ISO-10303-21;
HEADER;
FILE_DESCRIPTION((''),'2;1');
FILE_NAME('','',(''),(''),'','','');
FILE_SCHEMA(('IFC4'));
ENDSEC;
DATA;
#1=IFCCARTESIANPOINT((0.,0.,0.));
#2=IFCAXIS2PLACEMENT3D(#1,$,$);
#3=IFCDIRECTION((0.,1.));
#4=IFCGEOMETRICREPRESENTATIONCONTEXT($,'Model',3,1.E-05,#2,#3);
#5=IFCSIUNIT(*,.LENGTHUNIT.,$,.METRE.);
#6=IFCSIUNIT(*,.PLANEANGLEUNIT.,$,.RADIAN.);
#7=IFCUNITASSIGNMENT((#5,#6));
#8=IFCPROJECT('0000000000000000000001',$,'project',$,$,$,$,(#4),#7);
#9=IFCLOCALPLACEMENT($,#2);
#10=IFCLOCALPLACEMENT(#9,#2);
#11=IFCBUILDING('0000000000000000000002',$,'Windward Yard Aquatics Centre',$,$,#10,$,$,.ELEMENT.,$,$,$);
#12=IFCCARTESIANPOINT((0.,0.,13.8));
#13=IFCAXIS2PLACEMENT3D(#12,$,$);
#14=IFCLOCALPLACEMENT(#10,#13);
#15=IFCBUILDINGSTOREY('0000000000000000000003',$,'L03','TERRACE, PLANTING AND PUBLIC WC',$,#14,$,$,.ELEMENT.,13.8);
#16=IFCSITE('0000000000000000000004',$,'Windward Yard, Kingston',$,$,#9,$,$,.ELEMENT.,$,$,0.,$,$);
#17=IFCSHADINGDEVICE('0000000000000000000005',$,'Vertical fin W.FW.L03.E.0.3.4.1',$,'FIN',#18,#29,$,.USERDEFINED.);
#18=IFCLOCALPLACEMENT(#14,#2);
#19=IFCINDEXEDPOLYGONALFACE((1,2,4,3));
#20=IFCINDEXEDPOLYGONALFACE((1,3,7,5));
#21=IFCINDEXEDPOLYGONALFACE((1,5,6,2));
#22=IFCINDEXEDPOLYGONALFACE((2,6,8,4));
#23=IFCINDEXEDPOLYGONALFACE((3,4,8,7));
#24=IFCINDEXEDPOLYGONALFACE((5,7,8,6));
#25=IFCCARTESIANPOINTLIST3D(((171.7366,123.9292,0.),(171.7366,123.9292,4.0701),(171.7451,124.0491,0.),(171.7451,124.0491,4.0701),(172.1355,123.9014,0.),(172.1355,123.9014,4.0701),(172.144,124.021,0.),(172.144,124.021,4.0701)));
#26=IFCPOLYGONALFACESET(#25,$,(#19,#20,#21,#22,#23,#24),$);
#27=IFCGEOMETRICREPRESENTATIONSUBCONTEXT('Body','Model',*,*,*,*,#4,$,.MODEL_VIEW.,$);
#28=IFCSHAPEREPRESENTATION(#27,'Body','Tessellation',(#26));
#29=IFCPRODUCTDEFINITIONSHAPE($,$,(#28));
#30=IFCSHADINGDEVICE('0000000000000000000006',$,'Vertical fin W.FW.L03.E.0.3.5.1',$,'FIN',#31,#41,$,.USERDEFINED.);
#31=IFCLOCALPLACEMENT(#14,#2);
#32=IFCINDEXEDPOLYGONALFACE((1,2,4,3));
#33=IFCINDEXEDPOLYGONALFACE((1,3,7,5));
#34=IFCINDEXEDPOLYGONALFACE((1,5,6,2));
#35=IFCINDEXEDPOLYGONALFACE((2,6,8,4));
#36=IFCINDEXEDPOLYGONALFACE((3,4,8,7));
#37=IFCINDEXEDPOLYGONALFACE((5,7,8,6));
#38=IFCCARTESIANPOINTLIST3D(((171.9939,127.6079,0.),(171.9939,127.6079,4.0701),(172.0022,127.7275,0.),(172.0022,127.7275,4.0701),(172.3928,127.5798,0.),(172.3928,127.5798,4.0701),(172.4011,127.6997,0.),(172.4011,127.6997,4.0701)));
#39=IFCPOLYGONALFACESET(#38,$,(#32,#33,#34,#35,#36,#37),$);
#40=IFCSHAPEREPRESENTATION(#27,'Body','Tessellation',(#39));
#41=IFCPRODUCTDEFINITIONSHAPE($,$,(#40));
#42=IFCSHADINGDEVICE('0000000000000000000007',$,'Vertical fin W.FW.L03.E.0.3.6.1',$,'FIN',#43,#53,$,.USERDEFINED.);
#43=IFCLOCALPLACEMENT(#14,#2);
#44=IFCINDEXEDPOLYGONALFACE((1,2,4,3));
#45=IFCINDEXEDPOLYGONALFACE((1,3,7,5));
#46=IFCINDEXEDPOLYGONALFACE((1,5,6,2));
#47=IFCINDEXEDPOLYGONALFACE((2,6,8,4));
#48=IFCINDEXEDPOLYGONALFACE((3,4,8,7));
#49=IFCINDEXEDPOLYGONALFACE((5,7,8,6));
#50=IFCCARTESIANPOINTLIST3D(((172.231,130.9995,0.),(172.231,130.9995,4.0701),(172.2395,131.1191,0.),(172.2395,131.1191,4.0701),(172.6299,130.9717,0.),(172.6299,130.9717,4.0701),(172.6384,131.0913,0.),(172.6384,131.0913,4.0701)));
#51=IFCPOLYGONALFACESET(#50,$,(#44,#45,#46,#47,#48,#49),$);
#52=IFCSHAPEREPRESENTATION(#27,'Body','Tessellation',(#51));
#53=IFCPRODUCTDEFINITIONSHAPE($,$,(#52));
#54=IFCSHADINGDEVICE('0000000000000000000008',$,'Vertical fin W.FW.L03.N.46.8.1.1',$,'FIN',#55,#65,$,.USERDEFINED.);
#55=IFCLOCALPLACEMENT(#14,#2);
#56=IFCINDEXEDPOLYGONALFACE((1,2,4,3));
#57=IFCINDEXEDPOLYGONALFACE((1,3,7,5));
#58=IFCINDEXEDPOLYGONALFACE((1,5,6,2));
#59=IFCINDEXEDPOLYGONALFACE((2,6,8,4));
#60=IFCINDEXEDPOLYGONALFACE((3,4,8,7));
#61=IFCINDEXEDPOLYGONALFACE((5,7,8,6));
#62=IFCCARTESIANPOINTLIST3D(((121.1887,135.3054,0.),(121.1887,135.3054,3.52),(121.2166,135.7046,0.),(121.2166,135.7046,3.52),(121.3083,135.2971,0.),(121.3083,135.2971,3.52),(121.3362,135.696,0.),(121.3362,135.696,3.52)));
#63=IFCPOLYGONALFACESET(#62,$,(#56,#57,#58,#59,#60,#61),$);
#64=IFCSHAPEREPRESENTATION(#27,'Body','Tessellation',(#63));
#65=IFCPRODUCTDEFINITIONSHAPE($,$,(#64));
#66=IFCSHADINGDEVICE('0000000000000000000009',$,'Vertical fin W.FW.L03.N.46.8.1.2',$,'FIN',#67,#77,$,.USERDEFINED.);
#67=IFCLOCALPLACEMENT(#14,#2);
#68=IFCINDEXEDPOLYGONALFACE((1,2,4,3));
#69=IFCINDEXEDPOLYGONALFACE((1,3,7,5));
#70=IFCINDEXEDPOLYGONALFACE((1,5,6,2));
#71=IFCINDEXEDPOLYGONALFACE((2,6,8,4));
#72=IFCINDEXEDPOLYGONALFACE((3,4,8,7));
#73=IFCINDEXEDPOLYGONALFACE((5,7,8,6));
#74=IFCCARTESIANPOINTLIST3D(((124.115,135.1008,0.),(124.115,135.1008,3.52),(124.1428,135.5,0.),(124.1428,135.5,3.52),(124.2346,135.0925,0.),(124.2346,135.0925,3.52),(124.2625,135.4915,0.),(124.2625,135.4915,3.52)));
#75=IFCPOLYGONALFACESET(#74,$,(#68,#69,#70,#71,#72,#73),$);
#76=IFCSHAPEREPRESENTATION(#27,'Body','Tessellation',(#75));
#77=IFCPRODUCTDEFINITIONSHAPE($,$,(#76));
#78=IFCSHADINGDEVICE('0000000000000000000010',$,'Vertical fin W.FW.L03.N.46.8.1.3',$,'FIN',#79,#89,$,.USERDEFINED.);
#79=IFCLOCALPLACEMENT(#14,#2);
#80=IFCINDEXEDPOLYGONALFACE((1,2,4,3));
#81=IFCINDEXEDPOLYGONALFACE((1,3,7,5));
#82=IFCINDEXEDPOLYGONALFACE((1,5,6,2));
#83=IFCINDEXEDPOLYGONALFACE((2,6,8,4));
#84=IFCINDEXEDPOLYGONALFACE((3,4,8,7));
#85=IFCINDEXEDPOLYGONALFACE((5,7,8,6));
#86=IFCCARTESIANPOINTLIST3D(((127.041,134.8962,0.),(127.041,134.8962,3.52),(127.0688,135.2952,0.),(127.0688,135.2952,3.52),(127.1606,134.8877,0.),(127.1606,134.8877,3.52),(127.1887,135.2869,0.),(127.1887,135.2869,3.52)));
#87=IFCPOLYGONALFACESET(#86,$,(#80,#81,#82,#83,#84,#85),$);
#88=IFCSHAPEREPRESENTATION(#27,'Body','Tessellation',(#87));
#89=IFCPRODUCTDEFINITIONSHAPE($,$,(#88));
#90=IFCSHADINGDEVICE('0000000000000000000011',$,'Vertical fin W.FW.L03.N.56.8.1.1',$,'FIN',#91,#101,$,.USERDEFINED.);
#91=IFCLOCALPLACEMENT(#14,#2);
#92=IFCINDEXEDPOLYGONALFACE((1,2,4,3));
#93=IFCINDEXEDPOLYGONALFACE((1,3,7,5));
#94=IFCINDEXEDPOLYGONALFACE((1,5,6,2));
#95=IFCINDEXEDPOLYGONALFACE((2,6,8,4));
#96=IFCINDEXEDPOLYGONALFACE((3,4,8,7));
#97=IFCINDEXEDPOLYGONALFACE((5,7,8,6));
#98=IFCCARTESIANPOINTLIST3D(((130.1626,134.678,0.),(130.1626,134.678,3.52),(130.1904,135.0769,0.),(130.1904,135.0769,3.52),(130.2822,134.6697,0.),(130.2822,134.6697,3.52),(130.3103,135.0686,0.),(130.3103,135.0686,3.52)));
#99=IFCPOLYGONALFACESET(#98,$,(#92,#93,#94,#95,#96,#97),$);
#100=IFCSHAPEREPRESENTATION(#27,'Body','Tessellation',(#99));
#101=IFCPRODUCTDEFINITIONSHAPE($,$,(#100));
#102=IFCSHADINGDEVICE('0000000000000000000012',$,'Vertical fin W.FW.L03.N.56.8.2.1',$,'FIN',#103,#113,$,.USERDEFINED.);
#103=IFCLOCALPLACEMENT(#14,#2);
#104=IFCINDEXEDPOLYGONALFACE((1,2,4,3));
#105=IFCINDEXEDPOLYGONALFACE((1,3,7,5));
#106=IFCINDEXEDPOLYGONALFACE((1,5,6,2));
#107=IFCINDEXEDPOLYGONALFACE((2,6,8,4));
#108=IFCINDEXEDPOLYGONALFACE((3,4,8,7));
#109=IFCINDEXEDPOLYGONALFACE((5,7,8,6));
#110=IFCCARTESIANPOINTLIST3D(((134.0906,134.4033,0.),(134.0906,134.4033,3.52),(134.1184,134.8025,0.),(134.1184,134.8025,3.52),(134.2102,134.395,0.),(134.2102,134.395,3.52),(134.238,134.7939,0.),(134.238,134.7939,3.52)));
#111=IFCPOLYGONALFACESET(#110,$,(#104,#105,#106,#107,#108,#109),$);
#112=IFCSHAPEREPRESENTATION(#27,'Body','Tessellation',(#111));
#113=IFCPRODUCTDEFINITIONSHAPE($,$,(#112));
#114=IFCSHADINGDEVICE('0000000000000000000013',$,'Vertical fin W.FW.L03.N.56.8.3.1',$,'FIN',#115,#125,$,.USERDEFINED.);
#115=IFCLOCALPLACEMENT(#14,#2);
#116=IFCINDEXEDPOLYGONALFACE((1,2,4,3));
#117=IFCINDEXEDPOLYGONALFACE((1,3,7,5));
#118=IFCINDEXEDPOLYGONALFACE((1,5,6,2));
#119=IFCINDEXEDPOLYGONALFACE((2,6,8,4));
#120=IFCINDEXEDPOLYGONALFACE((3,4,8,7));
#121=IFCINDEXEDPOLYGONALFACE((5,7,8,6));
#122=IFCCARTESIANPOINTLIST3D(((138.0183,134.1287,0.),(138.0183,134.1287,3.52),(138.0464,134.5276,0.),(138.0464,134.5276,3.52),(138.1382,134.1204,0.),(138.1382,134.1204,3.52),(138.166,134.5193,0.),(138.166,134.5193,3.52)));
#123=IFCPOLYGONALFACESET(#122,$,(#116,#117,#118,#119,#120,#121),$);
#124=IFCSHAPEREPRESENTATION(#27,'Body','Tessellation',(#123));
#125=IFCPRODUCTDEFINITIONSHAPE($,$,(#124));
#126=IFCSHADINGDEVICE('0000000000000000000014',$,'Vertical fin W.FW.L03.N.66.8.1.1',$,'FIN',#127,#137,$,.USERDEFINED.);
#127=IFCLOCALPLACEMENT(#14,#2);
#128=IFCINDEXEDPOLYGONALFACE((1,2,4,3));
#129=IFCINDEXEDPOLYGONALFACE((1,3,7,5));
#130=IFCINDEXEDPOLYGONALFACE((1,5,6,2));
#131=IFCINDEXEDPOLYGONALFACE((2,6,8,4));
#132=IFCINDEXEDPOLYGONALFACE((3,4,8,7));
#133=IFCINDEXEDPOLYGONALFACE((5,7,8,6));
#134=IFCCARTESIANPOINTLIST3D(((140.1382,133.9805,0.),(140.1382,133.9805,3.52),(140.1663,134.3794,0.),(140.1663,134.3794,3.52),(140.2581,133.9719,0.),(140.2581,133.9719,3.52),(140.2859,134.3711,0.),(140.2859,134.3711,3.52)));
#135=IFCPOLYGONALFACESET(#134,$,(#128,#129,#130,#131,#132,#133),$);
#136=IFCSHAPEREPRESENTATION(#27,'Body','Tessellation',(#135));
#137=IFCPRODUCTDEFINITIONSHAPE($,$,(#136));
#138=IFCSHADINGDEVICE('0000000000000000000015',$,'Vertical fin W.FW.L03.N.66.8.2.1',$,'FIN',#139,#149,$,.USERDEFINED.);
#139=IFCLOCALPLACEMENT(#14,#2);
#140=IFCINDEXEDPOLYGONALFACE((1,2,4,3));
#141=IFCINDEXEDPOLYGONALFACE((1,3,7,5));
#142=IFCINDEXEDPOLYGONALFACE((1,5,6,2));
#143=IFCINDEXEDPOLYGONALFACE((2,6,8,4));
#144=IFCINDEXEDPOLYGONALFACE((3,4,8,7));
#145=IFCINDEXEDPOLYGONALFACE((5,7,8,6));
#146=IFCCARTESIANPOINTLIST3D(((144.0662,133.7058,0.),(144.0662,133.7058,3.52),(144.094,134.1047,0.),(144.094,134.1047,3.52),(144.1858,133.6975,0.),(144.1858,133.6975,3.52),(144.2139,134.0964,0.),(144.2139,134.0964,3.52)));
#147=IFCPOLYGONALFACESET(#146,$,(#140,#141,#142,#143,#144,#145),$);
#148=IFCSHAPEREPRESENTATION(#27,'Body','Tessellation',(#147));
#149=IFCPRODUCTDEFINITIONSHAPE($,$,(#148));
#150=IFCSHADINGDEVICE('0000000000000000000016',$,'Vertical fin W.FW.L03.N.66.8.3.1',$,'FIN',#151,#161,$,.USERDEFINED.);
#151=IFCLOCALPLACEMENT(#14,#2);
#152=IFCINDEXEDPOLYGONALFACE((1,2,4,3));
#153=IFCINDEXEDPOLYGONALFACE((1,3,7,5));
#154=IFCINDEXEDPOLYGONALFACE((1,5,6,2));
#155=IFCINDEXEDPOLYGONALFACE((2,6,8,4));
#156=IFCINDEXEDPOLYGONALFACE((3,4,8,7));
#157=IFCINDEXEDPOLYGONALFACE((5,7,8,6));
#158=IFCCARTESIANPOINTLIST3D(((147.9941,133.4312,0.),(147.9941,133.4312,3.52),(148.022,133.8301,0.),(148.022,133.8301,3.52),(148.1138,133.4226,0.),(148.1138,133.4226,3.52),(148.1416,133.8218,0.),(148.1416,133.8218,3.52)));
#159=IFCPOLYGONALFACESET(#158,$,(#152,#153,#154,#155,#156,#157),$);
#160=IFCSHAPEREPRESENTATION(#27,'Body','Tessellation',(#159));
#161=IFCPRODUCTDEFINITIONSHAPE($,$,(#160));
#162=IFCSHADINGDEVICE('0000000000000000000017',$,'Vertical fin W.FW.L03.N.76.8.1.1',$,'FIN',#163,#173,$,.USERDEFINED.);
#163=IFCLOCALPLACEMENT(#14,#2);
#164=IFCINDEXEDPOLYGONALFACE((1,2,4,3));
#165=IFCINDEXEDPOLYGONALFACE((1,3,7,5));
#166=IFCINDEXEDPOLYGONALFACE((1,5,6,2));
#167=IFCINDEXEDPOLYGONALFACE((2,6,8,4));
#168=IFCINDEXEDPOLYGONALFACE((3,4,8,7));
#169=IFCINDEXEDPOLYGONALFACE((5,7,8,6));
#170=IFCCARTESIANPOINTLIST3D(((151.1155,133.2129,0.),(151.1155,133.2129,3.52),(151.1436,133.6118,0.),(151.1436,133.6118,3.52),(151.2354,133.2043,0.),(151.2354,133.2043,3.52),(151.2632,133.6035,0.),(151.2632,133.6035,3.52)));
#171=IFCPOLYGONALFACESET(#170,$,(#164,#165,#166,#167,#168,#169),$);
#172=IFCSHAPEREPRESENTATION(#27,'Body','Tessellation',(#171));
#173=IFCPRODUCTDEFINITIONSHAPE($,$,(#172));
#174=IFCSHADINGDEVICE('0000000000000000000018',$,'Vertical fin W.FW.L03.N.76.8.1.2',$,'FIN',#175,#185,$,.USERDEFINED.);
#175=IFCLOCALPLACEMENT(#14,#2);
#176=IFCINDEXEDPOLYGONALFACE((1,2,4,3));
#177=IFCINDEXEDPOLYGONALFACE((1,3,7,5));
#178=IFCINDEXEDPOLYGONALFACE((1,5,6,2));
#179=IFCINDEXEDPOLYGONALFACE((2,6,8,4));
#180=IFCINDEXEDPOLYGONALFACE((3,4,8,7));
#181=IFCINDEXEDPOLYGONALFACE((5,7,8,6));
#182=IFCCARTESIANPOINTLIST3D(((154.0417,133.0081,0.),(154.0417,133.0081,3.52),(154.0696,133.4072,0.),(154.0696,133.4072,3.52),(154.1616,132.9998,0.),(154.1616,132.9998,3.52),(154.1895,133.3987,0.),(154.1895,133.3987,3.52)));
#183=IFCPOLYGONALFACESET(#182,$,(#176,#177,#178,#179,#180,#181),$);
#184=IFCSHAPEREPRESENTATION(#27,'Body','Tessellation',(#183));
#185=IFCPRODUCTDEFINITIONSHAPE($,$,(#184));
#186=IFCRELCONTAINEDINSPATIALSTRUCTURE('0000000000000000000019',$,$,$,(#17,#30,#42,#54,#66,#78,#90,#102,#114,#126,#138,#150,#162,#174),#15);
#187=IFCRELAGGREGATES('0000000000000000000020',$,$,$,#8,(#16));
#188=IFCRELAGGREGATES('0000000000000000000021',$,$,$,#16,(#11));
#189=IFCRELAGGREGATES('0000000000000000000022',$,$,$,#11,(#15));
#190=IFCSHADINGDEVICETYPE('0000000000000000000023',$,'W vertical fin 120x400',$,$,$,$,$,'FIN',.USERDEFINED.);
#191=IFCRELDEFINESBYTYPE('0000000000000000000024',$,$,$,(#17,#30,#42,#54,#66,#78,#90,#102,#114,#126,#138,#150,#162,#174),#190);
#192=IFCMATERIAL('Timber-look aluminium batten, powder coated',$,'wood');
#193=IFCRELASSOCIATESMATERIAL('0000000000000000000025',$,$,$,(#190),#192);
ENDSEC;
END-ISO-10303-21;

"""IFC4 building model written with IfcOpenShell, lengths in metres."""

from ifc_helpers import new_model, si_unit, direction, frame, origin, place, context, subcontext, project, spatial, polyline, outline, extrude, material, type_object, element, save


model = new_model("IFC4")

# Units and contexts
model_context = context("Model", 3, precision=1e-05, world=origin(), true_north=direction((0.0, 1.0)))
body_context = subcontext(model_context, "Body", "Model", "MODEL_VIEW")
ifc_project = project(units=[si_unit("LENGTHUNIT", "METRE"), si_unit("PLANEANGLEUNIT", "RADIAN")], contexts=[model_context])

# Site, building, storey
site_placement = place(None, origin())
site = spatial("IfcSite", under=ifc_project, at=site_placement, Name="Windward Yard, Kingston", CompositionType="ELEMENT", RefElevation=0.0)
building_placement = place(site_placement, origin())
building = spatial("IfcBuilding", under=site, at=building_placement, Name="Windward Yard Aquatics Centre", CompositionType="ELEMENT")
storey_placement = place(building_placement, frame((0.0, 0.0, 13.8)))
storey = spatial("IfcBuildingStorey", under=building, at=storey_placement, Name="L03", Description="TERRACE, PLANTING AND PUBLIC WC", CompositionType="ELEMENT", Elevation=13.8)

# Shading devices
ifc_material_1 = material(Name="Timber-look aluminium batten, powder coated", Category="wood")
shading_device_type = type_object("IfcShadingDeviceType", Name="W vertical fin 120x400", ElementType="FIN", PredefinedType="USERDEFINED", material=ifc_material_1)
shading_device_1_placement = place(storey_placement, origin())
element("IfcShadingDevice", 1, at=shading_device_1_placement, inside=storey, type_object=shading_device_type, Name="Vertical fin W.FW.L03.E.0.3.4.1", ObjectType="FIN", PredefinedType="USERDEFINED", context=body_context, shape_type="SweptSolid", body=[
    extrude(outline(polyline([(171.7366, 123.9292), (171.7451, 124.0491), (172.144, 124.021), (172.1355, 123.9014), (171.7366, 123.9292)])), origin(), (0.0, 0.0, 1.0), 4.0701),
])
shading_device_2_placement = place(storey_placement, origin())
element("IfcShadingDevice", 2, at=shading_device_2_placement, inside=storey, type_object=shading_device_type, Name="Vertical fin W.FW.L03.E.0.3.5.1", ObjectType="FIN", PredefinedType="USERDEFINED", context=body_context, shape_type="SweptSolid", body=[
    extrude(outline(polyline([(171.9939, 127.6079), (172.0022, 127.7275), (172.4011, 127.6997), (172.3928, 127.5798), (171.9939, 127.6079)])), origin(), (0.0, 0.0, 1.0), 4.0701),
])
shading_device_3_placement = place(storey_placement, origin())
element("IfcShadingDevice", 3, at=shading_device_3_placement, inside=storey, type_object=shading_device_type, Name="Vertical fin W.FW.L03.E.0.3.6.1", ObjectType="FIN", PredefinedType="USERDEFINED", context=body_context, shape_type="SweptSolid", body=[
    extrude(outline(polyline([(172.231, 130.9995), (172.2395, 131.1191), (172.6384, 131.0913), (172.6299, 130.9717), (172.231, 130.9995)])), origin(), (0.0, 0.0, 1.0), 4.0701),
])
shading_device_4_placement = place(storey_placement, origin())
element("IfcShadingDevice", 4, at=shading_device_4_placement, inside=storey, type_object=shading_device_type, Name="Vertical fin W.FW.L03.N.46.8.1.1", ObjectType="FIN", PredefinedType="USERDEFINED", context=body_context, shape_type="SweptSolid", body=[
    extrude(outline(polyline([(121.1887, 135.3054), (121.3083, 135.2971), (121.3362, 135.696), (121.2166, 135.7046), (121.1887, 135.3054)])), origin(), (0.0, 0.0, 1.0), 3.52),
])
shading_device_5_placement = place(storey_placement, origin())
element("IfcShadingDevice", 5, at=shading_device_5_placement, inside=storey, type_object=shading_device_type, Name="Vertical fin W.FW.L03.N.46.8.1.2", ObjectType="FIN", PredefinedType="USERDEFINED", context=body_context, shape_type="SweptSolid", body=[
    extrude(outline(polyline([(124.115, 135.1008), (124.2346, 135.0925), (124.2625, 135.4915), (124.1428, 135.5), (124.115, 135.1008)])), origin(), (0.0, 0.0, 1.0), 3.52),
])
shading_device_6_placement = place(storey_placement, origin())
element("IfcShadingDevice", 6, at=shading_device_6_placement, inside=storey, type_object=shading_device_type, Name="Vertical fin W.FW.L03.N.46.8.1.3", ObjectType="FIN", PredefinedType="USERDEFINED", context=body_context, shape_type="SweptSolid", body=[
    extrude(outline(polyline([(127.041, 134.8962), (127.1606, 134.8877), (127.1887, 135.2869), (127.0688, 135.2952), (127.041, 134.8962)])), origin(), (0.0, 0.0, 1.0), 3.52),
])
shading_device_7_placement = place(storey_placement, origin())
element("IfcShadingDevice", 7, at=shading_device_7_placement, inside=storey, type_object=shading_device_type, Name="Vertical fin W.FW.L03.N.56.8.1.1", ObjectType="FIN", PredefinedType="USERDEFINED", context=body_context, shape_type="SweptSolid", body=[
    extrude(outline(polyline([(130.1626, 134.678), (130.2822, 134.6697), (130.3103, 135.0686), (130.1904, 135.0769), (130.1626, 134.678)])), origin(), (0.0, 0.0, 1.0), 3.52),
])
shading_device_8_placement = place(storey_placement, origin())
element("IfcShadingDevice", 8, at=shading_device_8_placement, inside=storey, type_object=shading_device_type, Name="Vertical fin W.FW.L03.N.56.8.2.1", ObjectType="FIN", PredefinedType="USERDEFINED", context=body_context, shape_type="SweptSolid", body=[
    extrude(outline(polyline([(134.0906, 134.4033), (134.2102, 134.395), (134.238, 134.7939), (134.1184, 134.8025), (134.0906, 134.4033)])), origin(), (0.0, 0.0, 1.0), 3.52),
])
shading_device_9_placement = place(storey_placement, origin())
element("IfcShadingDevice", 9, at=shading_device_9_placement, inside=storey, type_object=shading_device_type, Name="Vertical fin W.FW.L03.N.56.8.3.1", ObjectType="FIN", PredefinedType="USERDEFINED", context=body_context, shape_type="SweptSolid", body=[
    extrude(outline(polyline([(138.0183, 134.1287), (138.1382, 134.1204), (138.166, 134.5193), (138.0464, 134.5276), (138.0183, 134.1287)])), origin(), (0.0, 0.0, 1.0), 3.52),
])
shading_device_10_placement = place(storey_placement, origin())
element("IfcShadingDevice", 10, at=shading_device_10_placement, inside=storey, type_object=shading_device_type, Name="Vertical fin W.FW.L03.N.66.8.1.1", ObjectType="FIN", PredefinedType="USERDEFINED", context=body_context, shape_type="SweptSolid", body=[
    extrude(outline(polyline([(140.1382, 133.9805), (140.2581, 133.9719), (140.2859, 134.3711), (140.1663, 134.3794), (140.1382, 133.9805)])), origin(), (0.0, 0.0, 1.0), 3.52),
])
shading_device_11_placement = place(storey_placement, origin())
element("IfcShadingDevice", 11, at=shading_device_11_placement, inside=storey, type_object=shading_device_type, Name="Vertical fin W.FW.L03.N.66.8.2.1", ObjectType="FIN", PredefinedType="USERDEFINED", context=body_context, shape_type="SweptSolid", body=[
    extrude(outline(polyline([(144.0662, 133.7058), (144.1858, 133.6975), (144.2139, 134.0964), (144.094, 134.1047), (144.0662, 133.7058)])), origin(), (0.0, 0.0, 1.0), 3.52),
])
shading_device_12_placement = place(storey_placement, origin())
element("IfcShadingDevice", 12, at=shading_device_12_placement, inside=storey, type_object=shading_device_type, Name="Vertical fin W.FW.L03.N.66.8.3.1", ObjectType="FIN", PredefinedType="USERDEFINED", context=body_context, shape_type="SweptSolid", body=[
    extrude(outline(polyline([(147.9941, 133.4312), (148.1138, 133.4226), (148.1416, 133.8218), (148.022, 133.8301), (147.9941, 133.4312)])), origin(), (0.0, 0.0, 1.0), 3.52),
])
shading_device_13_placement = place(storey_placement, origin())
element("IfcShadingDevice", 13, at=shading_device_13_placement, inside=storey, type_object=shading_device_type, Name="Vertical fin W.FW.L03.N.76.8.1.1", ObjectType="FIN", PredefinedType="USERDEFINED", context=body_context, shape_type="SweptSolid", body=[
    extrude(outline(polyline([(151.1155, 133.2129), (151.2354, 133.2043), (151.2632, 133.6035), (151.1436, 133.6118), (151.1155, 133.2129)])), origin(), (0.0, 0.0, 1.0), 3.52),
])
shading_device_14_placement = place(storey_placement, origin())
element("IfcShadingDevice", 14, at=shading_device_14_placement, inside=storey, type_object=shading_device_type, Name="Vertical fin W.FW.L03.N.76.8.1.2", ObjectType="FIN", PredefinedType="USERDEFINED", context=body_context, shape_type="SweptSolid", body=[
    extrude(outline(polyline([(154.0417, 133.0081), (154.1616, 132.9998), (154.1895, 133.3987), (154.0696, 133.4072), (154.0417, 133.0081)])), origin(), (0.0, 0.0, 1.0), 3.52),
])

save(model, "model.ifc")
